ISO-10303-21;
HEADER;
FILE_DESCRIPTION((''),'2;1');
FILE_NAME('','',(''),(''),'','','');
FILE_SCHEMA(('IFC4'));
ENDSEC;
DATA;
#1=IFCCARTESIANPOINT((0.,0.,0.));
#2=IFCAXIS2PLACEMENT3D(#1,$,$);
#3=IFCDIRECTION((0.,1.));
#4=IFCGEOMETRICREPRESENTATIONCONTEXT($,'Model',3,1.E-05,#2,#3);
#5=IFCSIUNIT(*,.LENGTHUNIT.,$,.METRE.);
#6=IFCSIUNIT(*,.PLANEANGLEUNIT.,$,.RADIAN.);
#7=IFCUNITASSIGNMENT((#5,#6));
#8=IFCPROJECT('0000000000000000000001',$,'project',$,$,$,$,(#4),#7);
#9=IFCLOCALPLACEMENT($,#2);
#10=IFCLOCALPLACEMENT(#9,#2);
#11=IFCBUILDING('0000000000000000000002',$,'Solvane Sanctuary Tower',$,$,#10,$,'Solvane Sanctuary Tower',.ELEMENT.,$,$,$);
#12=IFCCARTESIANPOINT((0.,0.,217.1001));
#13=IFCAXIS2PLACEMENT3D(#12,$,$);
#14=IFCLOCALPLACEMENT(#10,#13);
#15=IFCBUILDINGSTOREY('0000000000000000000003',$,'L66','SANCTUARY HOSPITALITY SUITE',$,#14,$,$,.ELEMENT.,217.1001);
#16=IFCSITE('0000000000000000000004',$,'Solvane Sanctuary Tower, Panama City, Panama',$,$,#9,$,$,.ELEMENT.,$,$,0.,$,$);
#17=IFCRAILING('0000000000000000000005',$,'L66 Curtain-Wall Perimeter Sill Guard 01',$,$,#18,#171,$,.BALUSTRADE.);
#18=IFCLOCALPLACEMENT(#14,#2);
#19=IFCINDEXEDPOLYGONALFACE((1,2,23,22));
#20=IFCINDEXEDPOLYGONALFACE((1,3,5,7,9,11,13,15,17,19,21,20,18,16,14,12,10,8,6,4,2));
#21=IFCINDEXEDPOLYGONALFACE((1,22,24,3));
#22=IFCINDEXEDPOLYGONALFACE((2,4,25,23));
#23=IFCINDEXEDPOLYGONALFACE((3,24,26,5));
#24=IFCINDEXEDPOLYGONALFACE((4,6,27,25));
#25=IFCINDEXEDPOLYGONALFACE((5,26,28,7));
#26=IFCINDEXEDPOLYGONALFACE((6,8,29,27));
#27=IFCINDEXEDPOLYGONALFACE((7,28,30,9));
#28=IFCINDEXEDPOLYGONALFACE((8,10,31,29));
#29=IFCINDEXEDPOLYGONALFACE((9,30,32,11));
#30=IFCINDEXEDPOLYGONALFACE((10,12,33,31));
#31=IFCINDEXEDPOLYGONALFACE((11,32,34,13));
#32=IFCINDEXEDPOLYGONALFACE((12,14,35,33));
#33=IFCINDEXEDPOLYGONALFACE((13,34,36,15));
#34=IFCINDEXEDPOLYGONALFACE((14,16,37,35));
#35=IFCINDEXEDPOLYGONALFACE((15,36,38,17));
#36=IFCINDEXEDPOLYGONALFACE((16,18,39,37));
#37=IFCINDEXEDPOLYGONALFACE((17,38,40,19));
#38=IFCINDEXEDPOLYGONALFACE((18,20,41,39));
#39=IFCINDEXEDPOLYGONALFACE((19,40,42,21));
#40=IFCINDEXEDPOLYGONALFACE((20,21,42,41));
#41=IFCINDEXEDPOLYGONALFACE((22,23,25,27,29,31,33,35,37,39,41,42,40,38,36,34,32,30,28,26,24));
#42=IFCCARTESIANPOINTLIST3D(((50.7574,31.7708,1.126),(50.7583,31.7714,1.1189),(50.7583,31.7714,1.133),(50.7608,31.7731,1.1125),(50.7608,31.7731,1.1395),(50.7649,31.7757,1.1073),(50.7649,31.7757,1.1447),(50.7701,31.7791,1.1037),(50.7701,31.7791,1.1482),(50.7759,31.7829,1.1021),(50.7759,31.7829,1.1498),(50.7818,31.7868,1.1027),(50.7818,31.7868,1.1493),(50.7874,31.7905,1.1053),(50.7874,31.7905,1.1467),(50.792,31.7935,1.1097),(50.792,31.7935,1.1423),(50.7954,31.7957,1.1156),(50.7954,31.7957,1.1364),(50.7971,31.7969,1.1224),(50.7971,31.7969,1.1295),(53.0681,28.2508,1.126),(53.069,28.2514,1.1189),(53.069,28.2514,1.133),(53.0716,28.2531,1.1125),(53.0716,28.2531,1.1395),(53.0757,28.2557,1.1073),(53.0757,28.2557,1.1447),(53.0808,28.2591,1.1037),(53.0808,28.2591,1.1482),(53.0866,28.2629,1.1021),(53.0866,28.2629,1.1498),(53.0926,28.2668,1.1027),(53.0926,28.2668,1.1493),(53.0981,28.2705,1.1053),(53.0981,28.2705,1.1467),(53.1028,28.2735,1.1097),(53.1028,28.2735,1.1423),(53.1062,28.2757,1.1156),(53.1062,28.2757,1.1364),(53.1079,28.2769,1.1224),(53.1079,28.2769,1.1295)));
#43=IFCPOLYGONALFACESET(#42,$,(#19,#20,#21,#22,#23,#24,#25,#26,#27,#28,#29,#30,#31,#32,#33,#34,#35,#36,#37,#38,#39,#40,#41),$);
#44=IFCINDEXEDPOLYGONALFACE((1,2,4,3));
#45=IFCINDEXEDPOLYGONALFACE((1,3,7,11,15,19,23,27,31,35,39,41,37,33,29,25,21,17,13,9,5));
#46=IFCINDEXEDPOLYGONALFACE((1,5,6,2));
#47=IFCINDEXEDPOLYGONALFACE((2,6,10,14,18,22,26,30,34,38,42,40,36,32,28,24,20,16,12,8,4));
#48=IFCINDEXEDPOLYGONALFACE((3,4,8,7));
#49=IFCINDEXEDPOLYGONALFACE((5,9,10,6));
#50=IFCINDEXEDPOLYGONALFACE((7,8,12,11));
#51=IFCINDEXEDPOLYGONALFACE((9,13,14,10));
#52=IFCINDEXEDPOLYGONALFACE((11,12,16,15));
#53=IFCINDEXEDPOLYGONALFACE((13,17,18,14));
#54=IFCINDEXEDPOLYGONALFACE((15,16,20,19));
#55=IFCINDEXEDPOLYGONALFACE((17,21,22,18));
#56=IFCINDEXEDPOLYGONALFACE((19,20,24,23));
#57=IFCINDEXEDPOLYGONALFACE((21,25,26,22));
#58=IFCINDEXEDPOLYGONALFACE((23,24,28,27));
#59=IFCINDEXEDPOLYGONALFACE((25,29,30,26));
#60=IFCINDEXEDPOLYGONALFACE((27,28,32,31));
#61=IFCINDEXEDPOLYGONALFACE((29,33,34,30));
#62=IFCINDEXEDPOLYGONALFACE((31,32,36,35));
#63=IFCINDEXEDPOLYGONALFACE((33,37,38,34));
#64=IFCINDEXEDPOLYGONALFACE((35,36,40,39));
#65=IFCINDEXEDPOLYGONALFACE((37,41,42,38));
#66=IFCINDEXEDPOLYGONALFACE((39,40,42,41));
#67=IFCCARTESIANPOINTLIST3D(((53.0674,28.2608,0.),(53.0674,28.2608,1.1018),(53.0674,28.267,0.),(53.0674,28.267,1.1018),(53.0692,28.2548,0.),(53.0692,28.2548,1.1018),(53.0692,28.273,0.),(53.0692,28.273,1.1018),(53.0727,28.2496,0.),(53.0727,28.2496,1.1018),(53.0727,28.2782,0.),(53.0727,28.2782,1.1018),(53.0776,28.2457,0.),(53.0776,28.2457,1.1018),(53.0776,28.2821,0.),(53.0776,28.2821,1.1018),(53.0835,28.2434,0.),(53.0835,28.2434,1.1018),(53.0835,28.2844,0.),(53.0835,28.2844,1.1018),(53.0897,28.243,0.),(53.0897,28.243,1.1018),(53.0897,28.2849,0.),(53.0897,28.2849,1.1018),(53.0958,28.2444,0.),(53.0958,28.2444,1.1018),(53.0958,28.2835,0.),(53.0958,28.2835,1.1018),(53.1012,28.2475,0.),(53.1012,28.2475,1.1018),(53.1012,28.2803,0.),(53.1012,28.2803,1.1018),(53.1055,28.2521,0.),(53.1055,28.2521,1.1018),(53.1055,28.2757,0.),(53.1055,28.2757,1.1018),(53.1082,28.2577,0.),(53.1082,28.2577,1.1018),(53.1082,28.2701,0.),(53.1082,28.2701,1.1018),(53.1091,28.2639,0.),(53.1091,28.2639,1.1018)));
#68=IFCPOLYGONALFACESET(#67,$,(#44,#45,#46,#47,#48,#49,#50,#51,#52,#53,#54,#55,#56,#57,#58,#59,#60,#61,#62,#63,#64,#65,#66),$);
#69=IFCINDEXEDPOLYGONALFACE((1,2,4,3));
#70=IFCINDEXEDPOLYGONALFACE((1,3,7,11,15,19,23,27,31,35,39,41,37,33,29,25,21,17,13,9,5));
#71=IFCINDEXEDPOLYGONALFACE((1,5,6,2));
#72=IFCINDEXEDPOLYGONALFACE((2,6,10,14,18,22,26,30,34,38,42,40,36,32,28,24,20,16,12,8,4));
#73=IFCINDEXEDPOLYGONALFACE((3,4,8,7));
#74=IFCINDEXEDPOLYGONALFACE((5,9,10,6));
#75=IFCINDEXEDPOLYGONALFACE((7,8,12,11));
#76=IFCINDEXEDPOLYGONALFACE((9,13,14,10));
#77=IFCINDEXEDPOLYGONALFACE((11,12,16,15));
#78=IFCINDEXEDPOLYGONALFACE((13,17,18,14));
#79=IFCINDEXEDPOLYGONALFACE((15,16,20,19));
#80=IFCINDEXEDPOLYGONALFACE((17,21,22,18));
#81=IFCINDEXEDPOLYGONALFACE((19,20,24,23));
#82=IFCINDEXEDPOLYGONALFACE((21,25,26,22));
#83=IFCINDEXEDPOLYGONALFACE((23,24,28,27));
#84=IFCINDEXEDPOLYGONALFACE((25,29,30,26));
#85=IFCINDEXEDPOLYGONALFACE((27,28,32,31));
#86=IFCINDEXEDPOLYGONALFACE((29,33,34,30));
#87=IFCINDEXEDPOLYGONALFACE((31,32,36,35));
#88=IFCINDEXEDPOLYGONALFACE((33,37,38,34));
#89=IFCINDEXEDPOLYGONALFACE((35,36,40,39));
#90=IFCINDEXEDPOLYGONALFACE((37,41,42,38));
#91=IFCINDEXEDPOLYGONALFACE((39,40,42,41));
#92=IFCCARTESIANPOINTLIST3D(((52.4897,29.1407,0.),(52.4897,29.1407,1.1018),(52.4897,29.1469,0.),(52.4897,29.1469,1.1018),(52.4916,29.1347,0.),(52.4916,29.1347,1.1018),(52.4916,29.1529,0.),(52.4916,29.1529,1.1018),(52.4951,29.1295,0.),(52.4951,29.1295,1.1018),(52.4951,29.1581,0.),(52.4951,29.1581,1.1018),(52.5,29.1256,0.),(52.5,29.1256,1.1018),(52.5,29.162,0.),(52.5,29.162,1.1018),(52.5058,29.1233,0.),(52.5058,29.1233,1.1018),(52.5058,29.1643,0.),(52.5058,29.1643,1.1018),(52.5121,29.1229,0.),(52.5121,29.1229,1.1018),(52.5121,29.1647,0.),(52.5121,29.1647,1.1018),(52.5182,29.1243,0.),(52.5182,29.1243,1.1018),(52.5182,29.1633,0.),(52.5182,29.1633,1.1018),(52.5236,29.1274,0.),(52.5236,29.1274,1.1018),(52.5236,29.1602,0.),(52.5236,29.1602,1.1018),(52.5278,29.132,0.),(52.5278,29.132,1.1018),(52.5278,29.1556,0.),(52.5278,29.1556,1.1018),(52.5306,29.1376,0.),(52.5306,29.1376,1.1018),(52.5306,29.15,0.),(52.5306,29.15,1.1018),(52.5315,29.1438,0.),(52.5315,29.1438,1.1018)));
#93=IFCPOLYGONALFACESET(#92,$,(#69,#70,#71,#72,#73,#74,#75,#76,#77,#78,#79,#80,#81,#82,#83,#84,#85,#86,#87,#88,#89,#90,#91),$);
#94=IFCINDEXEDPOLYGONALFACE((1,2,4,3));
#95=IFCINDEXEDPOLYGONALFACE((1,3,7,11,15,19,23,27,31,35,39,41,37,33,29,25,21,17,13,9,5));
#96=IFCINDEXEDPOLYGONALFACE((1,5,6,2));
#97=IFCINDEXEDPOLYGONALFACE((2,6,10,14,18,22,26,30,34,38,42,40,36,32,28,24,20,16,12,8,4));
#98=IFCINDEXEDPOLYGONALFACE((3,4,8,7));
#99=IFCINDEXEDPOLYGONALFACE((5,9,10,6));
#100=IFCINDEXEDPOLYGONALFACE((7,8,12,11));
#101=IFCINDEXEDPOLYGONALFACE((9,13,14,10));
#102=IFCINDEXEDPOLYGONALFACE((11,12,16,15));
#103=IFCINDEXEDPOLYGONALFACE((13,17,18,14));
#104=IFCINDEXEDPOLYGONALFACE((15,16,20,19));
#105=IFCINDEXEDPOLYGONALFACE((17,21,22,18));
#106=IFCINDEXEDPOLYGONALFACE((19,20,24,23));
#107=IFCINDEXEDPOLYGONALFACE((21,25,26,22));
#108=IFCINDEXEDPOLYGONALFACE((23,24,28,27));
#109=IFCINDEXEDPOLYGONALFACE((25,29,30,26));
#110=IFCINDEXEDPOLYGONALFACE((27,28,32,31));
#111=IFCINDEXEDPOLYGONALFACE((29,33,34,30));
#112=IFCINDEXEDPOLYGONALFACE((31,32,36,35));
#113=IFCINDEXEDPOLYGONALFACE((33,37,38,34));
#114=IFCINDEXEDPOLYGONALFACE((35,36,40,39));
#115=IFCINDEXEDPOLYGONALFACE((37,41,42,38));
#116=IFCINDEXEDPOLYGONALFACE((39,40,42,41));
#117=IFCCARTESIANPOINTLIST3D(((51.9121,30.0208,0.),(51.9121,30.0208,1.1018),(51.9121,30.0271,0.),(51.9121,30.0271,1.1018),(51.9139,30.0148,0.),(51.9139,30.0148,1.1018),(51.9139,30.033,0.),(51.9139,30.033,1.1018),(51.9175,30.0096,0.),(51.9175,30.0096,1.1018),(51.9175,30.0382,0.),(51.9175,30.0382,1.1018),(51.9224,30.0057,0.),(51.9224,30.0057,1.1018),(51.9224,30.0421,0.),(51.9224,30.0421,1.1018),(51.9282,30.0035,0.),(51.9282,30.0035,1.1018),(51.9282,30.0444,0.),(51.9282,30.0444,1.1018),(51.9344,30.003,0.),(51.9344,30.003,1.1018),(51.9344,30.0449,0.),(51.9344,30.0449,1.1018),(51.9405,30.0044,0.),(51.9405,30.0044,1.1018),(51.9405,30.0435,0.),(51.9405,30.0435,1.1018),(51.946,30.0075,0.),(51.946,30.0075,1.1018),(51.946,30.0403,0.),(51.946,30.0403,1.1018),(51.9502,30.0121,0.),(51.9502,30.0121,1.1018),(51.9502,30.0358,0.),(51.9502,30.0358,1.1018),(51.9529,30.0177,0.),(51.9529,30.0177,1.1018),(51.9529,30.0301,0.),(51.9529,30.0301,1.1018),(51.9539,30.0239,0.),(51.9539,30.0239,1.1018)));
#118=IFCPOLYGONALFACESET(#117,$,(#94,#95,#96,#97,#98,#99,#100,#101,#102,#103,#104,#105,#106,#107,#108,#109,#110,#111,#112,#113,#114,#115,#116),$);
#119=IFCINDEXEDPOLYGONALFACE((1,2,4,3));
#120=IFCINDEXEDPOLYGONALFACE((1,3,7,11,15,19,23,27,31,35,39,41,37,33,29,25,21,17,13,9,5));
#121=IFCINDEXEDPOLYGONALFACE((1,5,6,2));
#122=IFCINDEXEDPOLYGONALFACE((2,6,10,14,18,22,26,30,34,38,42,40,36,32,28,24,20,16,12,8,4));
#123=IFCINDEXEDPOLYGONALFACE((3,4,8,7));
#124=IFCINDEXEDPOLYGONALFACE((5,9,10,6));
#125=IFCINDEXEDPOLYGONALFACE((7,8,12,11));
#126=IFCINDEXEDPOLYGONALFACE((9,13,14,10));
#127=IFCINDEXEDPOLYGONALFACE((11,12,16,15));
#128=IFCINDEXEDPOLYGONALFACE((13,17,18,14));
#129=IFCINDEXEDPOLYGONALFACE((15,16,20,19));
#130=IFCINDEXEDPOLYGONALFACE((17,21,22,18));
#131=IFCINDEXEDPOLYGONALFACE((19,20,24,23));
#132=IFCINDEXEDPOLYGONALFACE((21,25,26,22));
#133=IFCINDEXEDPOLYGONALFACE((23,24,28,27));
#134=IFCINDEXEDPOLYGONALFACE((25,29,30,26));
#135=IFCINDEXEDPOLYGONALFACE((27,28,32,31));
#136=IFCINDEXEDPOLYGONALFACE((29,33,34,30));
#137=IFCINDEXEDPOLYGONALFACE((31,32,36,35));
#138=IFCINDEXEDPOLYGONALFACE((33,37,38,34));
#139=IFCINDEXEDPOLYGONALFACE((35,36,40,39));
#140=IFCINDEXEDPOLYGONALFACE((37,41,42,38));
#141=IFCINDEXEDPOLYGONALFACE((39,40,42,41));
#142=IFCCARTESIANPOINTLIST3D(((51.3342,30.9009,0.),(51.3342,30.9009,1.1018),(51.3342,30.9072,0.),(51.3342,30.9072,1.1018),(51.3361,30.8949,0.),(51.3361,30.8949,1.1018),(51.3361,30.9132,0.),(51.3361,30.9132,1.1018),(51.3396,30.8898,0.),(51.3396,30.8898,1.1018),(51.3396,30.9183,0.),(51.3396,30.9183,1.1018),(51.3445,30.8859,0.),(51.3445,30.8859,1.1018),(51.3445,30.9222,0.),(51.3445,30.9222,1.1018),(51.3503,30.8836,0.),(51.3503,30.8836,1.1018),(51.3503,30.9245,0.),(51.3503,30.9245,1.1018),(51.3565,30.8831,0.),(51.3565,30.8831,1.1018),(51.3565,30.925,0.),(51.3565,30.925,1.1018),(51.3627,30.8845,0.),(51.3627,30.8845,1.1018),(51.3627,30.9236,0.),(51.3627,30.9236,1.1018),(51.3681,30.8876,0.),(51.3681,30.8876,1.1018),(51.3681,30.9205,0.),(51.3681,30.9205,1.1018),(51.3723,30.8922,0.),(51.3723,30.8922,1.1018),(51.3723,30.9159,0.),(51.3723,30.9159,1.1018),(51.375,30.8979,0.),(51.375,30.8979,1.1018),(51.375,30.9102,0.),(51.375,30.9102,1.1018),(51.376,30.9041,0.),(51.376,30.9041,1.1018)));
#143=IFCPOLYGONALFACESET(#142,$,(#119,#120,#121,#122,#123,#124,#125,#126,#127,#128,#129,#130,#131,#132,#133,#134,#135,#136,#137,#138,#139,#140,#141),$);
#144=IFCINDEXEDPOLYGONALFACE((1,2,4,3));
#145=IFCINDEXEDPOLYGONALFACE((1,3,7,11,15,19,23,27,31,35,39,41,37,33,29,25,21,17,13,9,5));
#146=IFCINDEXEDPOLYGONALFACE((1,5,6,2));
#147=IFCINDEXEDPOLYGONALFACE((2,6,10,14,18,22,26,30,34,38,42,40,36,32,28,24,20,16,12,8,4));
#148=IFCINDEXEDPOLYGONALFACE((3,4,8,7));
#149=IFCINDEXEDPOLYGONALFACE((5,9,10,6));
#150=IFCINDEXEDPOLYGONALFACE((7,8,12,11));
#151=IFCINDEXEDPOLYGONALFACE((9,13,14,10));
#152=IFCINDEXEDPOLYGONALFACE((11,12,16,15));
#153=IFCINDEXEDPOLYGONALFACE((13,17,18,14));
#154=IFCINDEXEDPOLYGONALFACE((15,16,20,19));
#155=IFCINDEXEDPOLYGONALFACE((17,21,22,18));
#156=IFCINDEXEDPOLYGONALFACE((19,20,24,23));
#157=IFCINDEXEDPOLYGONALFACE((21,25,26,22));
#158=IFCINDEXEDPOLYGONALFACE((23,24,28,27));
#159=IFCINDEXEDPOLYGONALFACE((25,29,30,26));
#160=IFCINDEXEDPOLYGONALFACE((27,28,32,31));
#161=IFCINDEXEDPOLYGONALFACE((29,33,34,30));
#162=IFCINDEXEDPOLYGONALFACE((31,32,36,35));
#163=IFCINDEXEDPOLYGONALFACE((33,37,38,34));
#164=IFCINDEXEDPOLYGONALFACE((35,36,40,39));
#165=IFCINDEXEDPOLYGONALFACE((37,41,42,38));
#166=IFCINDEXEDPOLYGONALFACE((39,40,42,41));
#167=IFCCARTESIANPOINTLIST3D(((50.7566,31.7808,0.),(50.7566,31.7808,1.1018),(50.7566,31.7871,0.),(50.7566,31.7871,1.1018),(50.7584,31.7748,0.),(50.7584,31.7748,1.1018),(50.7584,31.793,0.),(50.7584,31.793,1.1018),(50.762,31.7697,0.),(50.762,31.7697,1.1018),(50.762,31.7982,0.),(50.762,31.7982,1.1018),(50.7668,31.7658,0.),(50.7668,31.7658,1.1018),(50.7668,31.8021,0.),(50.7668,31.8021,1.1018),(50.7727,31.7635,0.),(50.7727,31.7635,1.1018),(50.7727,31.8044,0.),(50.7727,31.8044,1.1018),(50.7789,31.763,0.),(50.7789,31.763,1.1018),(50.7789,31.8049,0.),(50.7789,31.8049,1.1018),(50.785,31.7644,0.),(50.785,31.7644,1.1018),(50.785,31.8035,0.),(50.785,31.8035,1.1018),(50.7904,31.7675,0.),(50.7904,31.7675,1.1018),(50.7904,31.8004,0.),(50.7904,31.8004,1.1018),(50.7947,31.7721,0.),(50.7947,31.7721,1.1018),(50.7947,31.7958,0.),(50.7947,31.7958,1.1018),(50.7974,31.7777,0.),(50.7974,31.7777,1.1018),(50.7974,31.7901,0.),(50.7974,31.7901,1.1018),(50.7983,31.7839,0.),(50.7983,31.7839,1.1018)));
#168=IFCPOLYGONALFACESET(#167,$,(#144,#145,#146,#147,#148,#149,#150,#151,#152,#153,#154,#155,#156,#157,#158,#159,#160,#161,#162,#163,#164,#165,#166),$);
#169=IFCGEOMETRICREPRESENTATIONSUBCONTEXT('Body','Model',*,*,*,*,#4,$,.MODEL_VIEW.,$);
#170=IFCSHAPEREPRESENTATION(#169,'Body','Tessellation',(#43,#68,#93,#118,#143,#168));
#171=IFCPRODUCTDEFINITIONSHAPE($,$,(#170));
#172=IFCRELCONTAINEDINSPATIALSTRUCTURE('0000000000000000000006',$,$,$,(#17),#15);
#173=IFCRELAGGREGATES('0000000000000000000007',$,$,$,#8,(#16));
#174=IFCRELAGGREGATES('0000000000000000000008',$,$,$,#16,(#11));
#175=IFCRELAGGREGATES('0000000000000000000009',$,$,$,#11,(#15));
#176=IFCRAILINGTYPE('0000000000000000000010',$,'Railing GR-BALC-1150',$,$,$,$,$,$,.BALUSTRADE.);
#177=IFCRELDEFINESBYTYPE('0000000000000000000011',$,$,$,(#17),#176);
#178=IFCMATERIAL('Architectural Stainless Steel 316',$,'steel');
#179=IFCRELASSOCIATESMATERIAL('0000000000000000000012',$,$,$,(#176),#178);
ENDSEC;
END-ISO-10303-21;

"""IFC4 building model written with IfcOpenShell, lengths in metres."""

from ifc_helpers import new_model, si_unit, direction, frame, origin, origin_2d, place, context, subcontext, project, spatial, circle, extrude, material, type_object, element, save


model = new_model("IFC4")

# Units and contexts
model_context = context("Model", 3, precision=1e-05, world=origin(), true_north=direction((0.0, 1.0)))
body_context = subcontext(model_context, "Body", "Model", "MODEL_VIEW")
ifc_project = project(units=[si_unit("LENGTHUNIT", "METRE"), si_unit("PLANEANGLEUNIT", "RADIAN")], contexts=[model_context])

# Site, building, storey
site_placement = place(None, origin())
site = spatial("IfcSite", under=ifc_project, at=site_placement, Name="Solvane Sanctuary Tower, Panama City, Panama", CompositionType="ELEMENT", RefElevation=0.0)
building_placement = place(site_placement, origin())
building = spatial("IfcBuilding", under=site, at=building_placement, Name="Solvane Sanctuary Tower", LongName="Solvane Sanctuary Tower", CompositionType="ELEMENT")
storey_placement = place(building_placement, frame((0.0, 0.0, 217.1001)))
storey = spatial("IfcBuildingStorey", under=building, at=storey_placement, Name="L66", Description="SANCTUARY HOSPITALITY SUITE", CompositionType="ELEMENT", Elevation=217.1001)

# Shared definitions
ifc_material_1 = material(Name="Architectural Stainless Steel 316", Category="steel")

# Railing
railing_type = type_object("IfcRailingType", Name="Railing GR-BALC-1150", PredefinedType="BALUSTRADE", material=ifc_material_1)
railing_1_placement = place(storey_placement, frame((53.0881, 28.2639, 0.0)))
element("IfcRailing", 1, at=railing_1_placement, inside=storey, type_object=railing_type, Name="L66 Curtain-Wall Perimeter Sill Guard 01", PredefinedType="BALUSTRADE", context=body_context, shape_type="SweptSolid", body=[
    extrude(circle(Radius=0.0239, at=origin_2d()), frame((0.0, 0.0, 1.126), z_axis=(-0.548786, 0.835963, 0.0), x_axis=(-0.835963, -0.548786, 0.0)), (0.0, 0.0, 1.0), 4.2107),
    extrude(circle(Radius=0.021, at=origin_2d()), origin(), (0.0, 0.0, 1.0), 1.1018),
    extrude(circle(Radius=0.021, at=origin_2d()), frame((-0.5776, 0.8799, 0.0)), (0.0, 0.0, 1.0), 1.1018),
    extrude(circle(Radius=0.021, at=origin_2d()), frame((-1.1553, 1.76, 0.0)), (0.0, 0.0, 1.0), 1.1018),
    extrude(circle(Radius=0.021, at=origin_2d()), frame((-1.7332, 2.6401, 0.0)), (0.0, 0.0, 1.0), 1.1018),
    extrude(circle(Radius=0.021, at=origin_2d()), frame((-2.3108, 3.52, 0.0)), (0.0, 0.0, 1.0), 1.1018),
])

save(model, "model.ifc")
